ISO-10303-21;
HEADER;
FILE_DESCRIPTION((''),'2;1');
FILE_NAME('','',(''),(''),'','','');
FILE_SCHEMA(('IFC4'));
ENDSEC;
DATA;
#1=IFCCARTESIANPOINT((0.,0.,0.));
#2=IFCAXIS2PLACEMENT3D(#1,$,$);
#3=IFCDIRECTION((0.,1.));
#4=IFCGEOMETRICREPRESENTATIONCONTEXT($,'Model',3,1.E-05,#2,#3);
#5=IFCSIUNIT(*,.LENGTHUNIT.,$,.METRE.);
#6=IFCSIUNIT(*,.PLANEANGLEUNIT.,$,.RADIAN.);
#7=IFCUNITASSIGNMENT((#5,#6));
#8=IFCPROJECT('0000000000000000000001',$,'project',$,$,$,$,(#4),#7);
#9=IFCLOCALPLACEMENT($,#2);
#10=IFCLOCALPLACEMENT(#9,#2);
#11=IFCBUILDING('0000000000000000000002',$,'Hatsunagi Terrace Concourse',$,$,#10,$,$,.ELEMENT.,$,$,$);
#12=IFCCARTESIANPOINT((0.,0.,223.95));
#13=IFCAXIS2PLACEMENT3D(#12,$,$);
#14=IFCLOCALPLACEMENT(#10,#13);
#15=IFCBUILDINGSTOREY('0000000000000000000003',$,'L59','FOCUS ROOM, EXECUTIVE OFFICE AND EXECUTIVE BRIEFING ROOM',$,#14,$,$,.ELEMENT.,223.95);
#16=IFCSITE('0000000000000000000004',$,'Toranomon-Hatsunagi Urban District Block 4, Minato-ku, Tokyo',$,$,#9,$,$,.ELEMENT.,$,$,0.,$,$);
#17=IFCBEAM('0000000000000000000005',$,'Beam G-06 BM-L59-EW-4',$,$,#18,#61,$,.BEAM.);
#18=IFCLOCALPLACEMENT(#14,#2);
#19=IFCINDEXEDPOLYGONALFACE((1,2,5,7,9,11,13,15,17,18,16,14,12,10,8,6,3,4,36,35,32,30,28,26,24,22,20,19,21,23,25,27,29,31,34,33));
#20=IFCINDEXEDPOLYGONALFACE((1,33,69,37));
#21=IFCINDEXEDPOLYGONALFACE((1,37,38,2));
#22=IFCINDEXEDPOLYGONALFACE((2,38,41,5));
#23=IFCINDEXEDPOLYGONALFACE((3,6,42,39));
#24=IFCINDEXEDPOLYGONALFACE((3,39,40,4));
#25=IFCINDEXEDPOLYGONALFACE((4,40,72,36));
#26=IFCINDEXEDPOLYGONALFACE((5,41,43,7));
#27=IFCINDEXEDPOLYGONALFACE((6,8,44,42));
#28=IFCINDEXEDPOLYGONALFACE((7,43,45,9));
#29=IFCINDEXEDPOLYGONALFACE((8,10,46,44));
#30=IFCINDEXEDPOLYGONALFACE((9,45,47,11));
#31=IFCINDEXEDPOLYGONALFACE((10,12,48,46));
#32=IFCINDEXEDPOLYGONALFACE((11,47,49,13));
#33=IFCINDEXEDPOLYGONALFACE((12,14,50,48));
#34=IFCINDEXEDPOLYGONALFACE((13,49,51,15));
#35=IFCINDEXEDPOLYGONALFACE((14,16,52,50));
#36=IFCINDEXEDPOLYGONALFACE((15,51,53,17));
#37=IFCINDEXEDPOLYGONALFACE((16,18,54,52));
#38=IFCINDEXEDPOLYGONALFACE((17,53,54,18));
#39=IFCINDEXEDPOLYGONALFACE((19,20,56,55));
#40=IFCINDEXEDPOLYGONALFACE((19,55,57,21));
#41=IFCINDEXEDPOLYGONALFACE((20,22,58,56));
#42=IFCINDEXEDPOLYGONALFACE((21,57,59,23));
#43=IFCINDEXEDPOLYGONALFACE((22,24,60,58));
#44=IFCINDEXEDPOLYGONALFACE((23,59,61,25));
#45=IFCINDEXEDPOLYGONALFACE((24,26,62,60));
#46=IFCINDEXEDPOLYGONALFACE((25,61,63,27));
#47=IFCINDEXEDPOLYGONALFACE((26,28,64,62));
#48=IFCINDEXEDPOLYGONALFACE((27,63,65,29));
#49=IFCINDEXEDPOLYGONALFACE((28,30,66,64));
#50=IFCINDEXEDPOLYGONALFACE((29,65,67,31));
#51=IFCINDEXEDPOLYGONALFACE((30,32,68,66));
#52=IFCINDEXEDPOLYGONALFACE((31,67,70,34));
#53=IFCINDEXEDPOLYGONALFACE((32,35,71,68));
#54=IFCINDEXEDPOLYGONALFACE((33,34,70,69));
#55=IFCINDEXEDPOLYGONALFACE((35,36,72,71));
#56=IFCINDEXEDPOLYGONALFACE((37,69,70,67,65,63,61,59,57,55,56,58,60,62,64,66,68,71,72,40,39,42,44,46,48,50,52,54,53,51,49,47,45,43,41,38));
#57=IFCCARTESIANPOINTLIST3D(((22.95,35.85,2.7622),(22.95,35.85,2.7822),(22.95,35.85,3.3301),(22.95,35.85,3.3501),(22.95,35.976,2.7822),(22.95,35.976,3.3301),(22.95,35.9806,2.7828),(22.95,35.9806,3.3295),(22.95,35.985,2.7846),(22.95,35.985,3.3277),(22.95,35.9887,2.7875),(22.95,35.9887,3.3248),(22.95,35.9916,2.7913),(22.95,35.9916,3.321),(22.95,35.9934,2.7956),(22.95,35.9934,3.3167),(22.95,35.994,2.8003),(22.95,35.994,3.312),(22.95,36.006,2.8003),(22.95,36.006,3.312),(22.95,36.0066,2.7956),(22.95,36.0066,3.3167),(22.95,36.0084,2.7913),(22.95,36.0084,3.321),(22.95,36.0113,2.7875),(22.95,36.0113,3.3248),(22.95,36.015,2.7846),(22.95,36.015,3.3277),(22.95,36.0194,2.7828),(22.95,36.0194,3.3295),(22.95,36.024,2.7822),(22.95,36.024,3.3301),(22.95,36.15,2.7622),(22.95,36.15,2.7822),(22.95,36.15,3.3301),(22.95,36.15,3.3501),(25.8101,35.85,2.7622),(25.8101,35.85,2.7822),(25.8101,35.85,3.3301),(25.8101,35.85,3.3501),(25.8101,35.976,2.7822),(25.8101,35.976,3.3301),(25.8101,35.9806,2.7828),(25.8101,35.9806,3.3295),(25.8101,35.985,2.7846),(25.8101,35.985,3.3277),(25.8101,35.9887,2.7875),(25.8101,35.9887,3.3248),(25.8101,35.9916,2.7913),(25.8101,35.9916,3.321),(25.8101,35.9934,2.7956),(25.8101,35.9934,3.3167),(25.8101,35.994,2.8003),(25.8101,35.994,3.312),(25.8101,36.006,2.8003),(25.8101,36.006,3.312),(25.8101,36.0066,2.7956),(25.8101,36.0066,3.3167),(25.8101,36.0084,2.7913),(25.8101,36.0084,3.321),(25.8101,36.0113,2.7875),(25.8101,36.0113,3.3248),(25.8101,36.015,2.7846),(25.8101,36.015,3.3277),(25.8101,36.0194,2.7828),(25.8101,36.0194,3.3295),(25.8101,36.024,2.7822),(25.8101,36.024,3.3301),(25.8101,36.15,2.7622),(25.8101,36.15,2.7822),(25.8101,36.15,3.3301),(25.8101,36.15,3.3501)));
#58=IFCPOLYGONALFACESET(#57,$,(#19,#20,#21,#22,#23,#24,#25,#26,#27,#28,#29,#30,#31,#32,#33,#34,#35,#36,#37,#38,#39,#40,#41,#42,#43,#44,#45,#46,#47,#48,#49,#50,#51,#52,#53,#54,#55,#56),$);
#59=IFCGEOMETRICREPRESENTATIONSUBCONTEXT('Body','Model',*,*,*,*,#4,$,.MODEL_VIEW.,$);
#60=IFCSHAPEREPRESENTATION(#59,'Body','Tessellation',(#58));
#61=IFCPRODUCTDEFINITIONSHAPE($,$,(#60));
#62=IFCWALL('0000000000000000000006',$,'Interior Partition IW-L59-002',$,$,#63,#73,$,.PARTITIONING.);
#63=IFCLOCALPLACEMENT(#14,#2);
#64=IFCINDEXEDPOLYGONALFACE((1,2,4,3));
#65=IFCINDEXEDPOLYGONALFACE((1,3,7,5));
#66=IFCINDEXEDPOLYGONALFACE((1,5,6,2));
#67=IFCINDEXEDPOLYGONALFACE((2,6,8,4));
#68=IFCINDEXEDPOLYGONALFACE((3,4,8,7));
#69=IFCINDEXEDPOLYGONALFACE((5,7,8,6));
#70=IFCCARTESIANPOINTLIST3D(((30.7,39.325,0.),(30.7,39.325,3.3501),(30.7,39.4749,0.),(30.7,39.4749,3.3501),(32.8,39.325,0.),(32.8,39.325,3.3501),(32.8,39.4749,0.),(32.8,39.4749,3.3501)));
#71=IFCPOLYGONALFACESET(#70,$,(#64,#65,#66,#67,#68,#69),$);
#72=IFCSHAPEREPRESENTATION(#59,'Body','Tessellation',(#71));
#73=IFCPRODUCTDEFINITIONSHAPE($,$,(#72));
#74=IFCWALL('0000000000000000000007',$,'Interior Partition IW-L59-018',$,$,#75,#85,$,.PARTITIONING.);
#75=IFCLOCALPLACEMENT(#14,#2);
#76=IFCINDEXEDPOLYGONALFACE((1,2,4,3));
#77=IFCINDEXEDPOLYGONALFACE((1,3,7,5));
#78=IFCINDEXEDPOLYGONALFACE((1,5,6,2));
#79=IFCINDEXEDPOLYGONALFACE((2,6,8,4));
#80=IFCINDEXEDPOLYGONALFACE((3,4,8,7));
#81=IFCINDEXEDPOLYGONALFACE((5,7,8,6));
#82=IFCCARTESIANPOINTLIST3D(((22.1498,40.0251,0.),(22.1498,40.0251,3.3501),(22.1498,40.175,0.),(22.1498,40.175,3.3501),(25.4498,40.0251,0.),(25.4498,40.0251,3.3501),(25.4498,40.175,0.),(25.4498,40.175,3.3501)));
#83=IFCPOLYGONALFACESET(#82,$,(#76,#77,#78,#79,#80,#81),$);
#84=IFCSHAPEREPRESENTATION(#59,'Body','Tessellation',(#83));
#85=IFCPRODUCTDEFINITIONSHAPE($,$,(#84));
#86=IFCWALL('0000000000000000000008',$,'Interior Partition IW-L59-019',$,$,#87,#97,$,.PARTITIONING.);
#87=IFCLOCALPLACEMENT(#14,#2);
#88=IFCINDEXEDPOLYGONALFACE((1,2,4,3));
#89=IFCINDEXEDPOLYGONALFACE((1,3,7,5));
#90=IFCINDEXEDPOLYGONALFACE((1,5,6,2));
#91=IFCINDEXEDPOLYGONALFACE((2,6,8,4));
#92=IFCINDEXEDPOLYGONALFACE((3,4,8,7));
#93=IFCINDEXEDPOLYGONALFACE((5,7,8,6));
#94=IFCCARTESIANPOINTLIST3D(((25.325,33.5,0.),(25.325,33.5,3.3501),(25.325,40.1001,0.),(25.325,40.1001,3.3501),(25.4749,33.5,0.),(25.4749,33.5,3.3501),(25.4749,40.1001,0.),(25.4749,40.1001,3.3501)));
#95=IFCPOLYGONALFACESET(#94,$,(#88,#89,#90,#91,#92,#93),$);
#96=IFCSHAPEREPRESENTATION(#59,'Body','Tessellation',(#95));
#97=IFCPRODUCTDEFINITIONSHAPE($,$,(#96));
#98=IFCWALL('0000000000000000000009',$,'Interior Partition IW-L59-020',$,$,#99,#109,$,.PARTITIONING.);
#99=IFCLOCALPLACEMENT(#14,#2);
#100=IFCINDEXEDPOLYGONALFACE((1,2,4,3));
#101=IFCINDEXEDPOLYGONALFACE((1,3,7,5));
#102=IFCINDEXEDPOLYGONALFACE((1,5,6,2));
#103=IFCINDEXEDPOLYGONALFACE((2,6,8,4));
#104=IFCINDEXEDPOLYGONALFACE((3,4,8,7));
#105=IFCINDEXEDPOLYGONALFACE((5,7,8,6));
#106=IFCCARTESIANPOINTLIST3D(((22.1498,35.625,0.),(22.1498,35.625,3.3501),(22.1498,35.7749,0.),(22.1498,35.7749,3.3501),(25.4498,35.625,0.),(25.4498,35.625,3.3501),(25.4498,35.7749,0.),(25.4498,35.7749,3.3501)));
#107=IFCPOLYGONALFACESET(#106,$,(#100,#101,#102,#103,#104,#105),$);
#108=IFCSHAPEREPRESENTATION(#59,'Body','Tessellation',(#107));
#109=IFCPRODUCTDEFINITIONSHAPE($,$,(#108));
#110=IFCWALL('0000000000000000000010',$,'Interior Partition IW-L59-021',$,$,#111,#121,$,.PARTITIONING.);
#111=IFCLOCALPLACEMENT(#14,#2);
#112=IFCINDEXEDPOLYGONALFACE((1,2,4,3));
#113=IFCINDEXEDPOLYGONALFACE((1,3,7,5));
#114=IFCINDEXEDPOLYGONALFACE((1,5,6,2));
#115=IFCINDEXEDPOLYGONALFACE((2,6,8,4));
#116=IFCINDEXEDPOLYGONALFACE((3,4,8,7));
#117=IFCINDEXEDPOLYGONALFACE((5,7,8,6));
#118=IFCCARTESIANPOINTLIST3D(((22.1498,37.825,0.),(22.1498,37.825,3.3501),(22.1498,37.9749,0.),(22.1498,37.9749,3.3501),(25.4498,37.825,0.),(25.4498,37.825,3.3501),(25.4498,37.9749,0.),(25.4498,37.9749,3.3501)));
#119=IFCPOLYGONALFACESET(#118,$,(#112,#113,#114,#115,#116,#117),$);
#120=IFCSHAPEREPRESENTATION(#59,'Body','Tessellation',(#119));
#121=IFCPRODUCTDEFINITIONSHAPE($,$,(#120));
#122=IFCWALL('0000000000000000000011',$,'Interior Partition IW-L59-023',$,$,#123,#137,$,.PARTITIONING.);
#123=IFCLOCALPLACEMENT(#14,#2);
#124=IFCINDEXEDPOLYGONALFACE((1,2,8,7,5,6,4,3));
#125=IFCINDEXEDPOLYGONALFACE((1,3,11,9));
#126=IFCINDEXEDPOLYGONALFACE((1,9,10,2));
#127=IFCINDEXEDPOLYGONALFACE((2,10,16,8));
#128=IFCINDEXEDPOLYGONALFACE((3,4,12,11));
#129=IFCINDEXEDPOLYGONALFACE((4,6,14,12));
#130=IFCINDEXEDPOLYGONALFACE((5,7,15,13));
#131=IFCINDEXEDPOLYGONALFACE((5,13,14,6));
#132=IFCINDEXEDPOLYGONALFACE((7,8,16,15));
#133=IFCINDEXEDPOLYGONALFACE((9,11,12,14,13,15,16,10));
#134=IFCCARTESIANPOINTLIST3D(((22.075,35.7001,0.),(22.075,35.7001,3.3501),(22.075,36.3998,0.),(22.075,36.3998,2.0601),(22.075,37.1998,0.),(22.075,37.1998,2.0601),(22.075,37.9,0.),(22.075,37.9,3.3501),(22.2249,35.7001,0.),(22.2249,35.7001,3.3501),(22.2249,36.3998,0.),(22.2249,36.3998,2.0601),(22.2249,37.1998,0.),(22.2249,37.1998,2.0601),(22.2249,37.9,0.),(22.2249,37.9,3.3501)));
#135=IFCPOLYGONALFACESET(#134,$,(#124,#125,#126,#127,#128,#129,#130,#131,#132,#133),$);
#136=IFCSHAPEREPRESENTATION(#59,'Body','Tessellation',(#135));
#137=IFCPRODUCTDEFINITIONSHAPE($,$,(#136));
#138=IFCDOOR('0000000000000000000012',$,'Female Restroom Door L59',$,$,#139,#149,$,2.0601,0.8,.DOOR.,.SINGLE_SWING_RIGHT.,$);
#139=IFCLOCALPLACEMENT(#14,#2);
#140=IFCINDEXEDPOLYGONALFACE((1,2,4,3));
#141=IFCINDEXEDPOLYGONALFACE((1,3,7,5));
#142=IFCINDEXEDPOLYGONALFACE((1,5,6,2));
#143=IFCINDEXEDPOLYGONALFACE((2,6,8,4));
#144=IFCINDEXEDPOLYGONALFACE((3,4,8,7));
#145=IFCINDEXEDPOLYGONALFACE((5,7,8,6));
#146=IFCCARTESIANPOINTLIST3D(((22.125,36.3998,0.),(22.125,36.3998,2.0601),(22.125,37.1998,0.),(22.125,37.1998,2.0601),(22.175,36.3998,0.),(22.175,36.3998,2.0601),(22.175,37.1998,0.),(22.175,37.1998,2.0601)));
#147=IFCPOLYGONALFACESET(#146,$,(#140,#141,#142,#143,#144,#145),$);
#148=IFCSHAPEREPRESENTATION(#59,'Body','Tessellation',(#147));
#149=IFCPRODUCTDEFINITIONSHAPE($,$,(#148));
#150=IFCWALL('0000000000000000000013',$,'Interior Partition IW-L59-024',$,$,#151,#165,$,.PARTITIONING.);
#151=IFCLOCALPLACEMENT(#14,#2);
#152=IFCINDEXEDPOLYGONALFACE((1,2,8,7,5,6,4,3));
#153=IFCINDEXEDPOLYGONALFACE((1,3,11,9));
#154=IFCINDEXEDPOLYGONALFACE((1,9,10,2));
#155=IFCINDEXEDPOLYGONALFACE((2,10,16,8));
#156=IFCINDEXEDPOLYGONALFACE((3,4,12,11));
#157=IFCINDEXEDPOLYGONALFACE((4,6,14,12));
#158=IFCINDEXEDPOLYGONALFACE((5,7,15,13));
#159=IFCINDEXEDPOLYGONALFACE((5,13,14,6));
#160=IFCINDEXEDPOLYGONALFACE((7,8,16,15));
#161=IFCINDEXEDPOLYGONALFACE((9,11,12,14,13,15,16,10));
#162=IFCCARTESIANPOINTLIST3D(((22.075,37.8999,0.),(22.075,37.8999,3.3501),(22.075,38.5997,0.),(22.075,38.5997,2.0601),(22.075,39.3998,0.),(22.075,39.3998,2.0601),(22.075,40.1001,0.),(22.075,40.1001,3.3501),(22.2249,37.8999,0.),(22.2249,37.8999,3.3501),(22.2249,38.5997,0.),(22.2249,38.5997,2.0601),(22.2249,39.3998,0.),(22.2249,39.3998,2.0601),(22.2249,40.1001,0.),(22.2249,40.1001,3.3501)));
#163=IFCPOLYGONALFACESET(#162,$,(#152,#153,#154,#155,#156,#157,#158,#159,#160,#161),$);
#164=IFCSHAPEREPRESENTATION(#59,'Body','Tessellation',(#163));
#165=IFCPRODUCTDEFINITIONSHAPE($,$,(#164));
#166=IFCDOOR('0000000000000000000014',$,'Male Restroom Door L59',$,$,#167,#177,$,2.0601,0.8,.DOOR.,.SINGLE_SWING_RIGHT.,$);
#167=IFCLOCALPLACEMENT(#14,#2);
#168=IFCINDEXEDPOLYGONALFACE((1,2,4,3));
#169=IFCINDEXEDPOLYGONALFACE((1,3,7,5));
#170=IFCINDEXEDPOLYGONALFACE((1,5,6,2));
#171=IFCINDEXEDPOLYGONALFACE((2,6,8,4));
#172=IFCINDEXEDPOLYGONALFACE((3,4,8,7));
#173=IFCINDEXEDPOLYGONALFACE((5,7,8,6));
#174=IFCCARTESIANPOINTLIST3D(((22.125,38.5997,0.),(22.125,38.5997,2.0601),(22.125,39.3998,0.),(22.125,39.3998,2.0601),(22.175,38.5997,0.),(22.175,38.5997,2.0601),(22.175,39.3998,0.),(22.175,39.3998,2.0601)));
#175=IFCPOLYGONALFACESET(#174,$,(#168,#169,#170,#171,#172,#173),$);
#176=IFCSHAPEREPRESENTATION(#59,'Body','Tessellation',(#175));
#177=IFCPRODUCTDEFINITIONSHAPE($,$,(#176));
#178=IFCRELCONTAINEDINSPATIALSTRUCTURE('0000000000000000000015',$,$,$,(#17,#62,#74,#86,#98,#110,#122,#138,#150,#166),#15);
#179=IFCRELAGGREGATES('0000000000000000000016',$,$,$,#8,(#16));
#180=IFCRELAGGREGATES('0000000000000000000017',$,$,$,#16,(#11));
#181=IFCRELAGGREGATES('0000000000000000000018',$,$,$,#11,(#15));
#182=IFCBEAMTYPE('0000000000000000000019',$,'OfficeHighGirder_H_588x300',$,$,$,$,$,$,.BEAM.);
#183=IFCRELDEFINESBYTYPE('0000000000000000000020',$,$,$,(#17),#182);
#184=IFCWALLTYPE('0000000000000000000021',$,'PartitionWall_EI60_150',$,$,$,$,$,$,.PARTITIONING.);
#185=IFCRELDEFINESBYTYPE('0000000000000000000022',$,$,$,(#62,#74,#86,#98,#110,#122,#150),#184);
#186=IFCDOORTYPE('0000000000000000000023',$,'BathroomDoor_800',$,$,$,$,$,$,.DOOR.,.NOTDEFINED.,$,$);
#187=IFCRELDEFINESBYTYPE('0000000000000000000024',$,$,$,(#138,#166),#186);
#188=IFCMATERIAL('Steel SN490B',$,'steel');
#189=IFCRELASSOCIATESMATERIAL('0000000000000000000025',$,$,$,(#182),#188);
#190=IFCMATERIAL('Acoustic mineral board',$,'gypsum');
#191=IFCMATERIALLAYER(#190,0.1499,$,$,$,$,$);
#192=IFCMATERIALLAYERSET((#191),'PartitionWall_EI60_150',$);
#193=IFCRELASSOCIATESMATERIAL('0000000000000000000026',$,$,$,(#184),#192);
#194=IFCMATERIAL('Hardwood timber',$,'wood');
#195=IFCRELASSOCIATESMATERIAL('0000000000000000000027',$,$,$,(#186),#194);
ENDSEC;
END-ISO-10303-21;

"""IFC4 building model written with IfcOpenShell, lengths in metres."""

from ifc_helpers import new_model, si_unit, direction, frame, frame_2d, origin, origin_2d, place, context, subcontext, project, spatial, rectangle, i_section, extrude, material, layer, layer_set, material_profile, profile_set, type_object, element, fill, save


model = new_model("IFC4")

# Units and contexts
model_context = context("Model", 3, precision=1e-05, world=origin(), true_north=direction((0.0, 1.0)))
body_context = subcontext(model_context, "Body", "Model", "MODEL_VIEW")
ifc_project = project(units=[si_unit("LENGTHUNIT", "METRE"), si_unit("PLANEANGLEUNIT", "RADIAN")], contexts=[model_context])

# Site, building, storey
site_placement = place(None, origin())
site = spatial("IfcSite", under=ifc_project, at=site_placement, Name="Toranomon-Hatsunagi Urban District Block 4, Minato-ku, Tokyo", CompositionType="ELEMENT", RefElevation=0.0)
building_placement = place(site_placement, origin())
building = spatial("IfcBuilding", under=site, at=building_placement, Name="Hatsunagi Terrace Concourse", CompositionType="ELEMENT")
storey_placement = place(building_placement, frame((0.0, 0.0, 223.95)))
storey = spatial("IfcBuildingStorey", under=building, at=storey_placement, Name="L59", Description="FOCUS ROOM, EXECUTIVE OFFICE AND EXECUTIVE BRIEFING ROOM", CompositionType="ELEMENT", Elevation=223.95)

# Beam
ifc_material_1 = material(Name="Steel SN490B", Category="steel")
ifc_material_profile = material_profile(ifc_material_1, i_section(OverallWidth=0.3, OverallDepth=0.5879, WebThickness=0.012, FlangeThickness=0.02, FilletRadius=0.0181, at=origin_2d()), Name="H-588x300x12x20")
ifc_profile_set = profile_set([ifc_material_profile], Name="Steel SN490B")
beam_type = type_object("IfcBeamType", Name="OfficeHighGirder_H_588x300", PredefinedType="BEAM", material=ifc_profile_set)
beam_placement = place(storey_placement, frame((22.95, 36.0, 3.0562), z_axis=(1.0, 0.0, 0.0), x_axis=(0.0, 1.0, 0.0)))
element("IfcBeam", 1, at=beam_placement, inside=storey, type_object=beam_type, Name="Beam G-06 BM-L59-EW-4", PredefinedType="BEAM", context=body_context, shape_type="SweptSolid", body=[
    extrude(i_section(OverallWidth=0.3, OverallDepth=0.5879, WebThickness=0.012, FlangeThickness=0.02, FilletRadius=0.0181, at=origin_2d()), origin(), (0.0, 0.0, 1.0), 2.8601),
])

# Walls
ifc_material_2 = material(Name="Acoustic mineral board", Category="gypsum")
ifc_layer_1 = layer(ifc_material_2, 0.1499)
ifc_layer_set_1 = layer_set([ifc_layer_1], Name="PartitionWall_EI60_150")
wall_type_1 = type_object("IfcWallType", Name="PartitionWall_EI60_150", PredefinedType="PARTITIONING", material=ifc_layer_set_1)
wall_1_placement = place(storey_placement, frame((30.7, 39.3999, 0.0), z_axis=(0.0, 0.0, 1.0), x_axis=(1.0, 0.0, 0.0)))
element("IfcWall", 2, at=wall_1_placement, inside=storey, type_object=wall_type_1, Name="Interior Partition IW-L59-002", PredefinedType="PARTITIONING", context=body_context, shape_type="SweptSolid", body=[
    extrude(rectangle(XDim=2.1001, YDim=0.1499, at=frame_2d((1.05, 0.0))), origin(), (0.0, 0.0, 1.0), 3.3501),
])
wall_2_placement = place(storey_placement, frame((22.1499, 40.1001, 0.0), z_axis=(0.0, 0.0, 1.0), x_axis=(1.0, 0.0, 0.0)))
element("IfcWall", 3, at=wall_2_placement, inside=storey, type_object=wall_type_1, Name="Interior Partition IW-L59-018", PredefinedType="PARTITIONING", context=body_context, shape_type="SweptSolid", body=[
    extrude(rectangle(XDim=3.3, YDim=0.1499, at=frame_2d((1.6499, 0.0))), origin(), (0.0, 0.0, 1.0), 3.3501),
])
wall_3_placement = place(storey_placement, frame((25.3999, 33.5, 0.0), z_axis=(0.0, 0.0, 1.0), x_axis=(0.0, 1.0, 0.0)))
element("IfcWall", 4, at=wall_3_placement, inside=storey, type_object=wall_type_1, Name="Interior Partition IW-L59-019", PredefinedType="PARTITIONING", context=body_context, shape_type="SweptSolid", body=[
    extrude(rectangle(XDim=6.6001, YDim=0.1499, at=frame_2d((3.3, 0.0))), origin(), (0.0, 0.0, 1.0), 3.3501),
])
for number, where, z_axis, x_axis, name in (
    (5, (22.1499, 35.7, 0.0), (0.0, 0.0, 1.0), (1.0, 0.0, 0.0), "Interior Partition IW-L59-020"),
    (6, (22.1499, 37.8999, 0.0), (0.0, 0.0, 1.0), (1.0, 0.0, 0.0), "Interior Partition IW-L59-021"),
):
    element("IfcWall", number, at=place(storey_placement, frame(where, z_axis=z_axis, x_axis=x_axis)), inside=storey, type_object=wall_type_1, Name=name, PredefinedType="PARTITIONING", context=body_context, shape_type="SweptSolid", body=[
        extrude(rectangle(XDim=3.3, YDim=0.1499, at=frame_2d((1.6499, 0.0))), origin(), (0.0, 0.0, 1.0), 3.3501),
    ])

# Walls, openings, doors
wall_4_placement = place(storey_placement, frame((22.1499, 35.7, 0.0), z_axis=(0.0, 0.0, 1.0), x_axis=(0.0, 1.0, 0.0)))
wall_4 = element("IfcWall", 7, at=wall_4_placement, inside=storey, type_object=wall_type_1, Name="Interior Partition IW-L59-023", PredefinedType="PARTITIONING", context=body_context, shape_type="SweptSolid", body=[
    extrude(rectangle(XDim=2.2, YDim=0.1499, at=frame_2d((1.1001, 0.0))), origin(), (0.0, 0.0, 1.0), 3.3501),
])
opening_1_placement = place(wall_4_placement, frame((0.7, 0.0, 0.0)))
opening_1 = element("IfcOpeningElement", 8, at=opening_1_placement, cuts=wall_4, PredefinedType="OPENING", context=body_context, shape_type="SweptSolid", body=[
    extrude(rectangle(XDim=0.8, YDim=2.0601, at=frame_2d((0.3999, 1.03))), frame((0.0, 0.085, 0.0), z_axis=(0.0, -1.0, 0.0), x_axis=(1.0, 0.0, 0.0)), (0.0, 0.0, 1.0), 0.1699),
])
ifc_material_3 = material(Name="Hardwood timber", Category="wood")
door_type = type_object("IfcDoorType", Name="BathroomDoor_800", OperationType="NOTDEFINED", PredefinedType="DOOR", material=ifc_material_3)
door_1_placement = place(opening_1_placement, origin())
door_1 = element("IfcDoor", 9, at=door_1_placement, inside=storey, type_object=door_type, Name="Female Restroom Door L59", OperationType="SINGLE_SWING_RIGHT", OverallHeight=2.0601, OverallWidth=0.8, PredefinedType="DOOR", context=body_context, shape_type="SweptSolid", body=[
    extrude(rectangle(XDim=0.8, YDim=2.0601, at=frame_2d((0.3999, 1.03))), frame((0.0, 0.0249, 0.0), z_axis=(0.0, -1.0, 0.0), x_axis=(1.0, 0.0, 0.0)), (0.0, 0.0, 1.0), 0.05),
])
fill(opening_1, door_1)
wall_5_placement = place(storey_placement, frame((22.1499, 37.8999, 0.0), z_axis=(0.0, 0.0, 1.0), x_axis=(0.0, 1.0, 0.0)))
wall_5 = element("IfcWall", 10, at=wall_5_placement, inside=storey, type_object=wall_type_1, Name="Interior Partition IW-L59-024", PredefinedType="PARTITIONING", context=body_context, shape_type="SweptSolid", body=[
    extrude(rectangle(XDim=2.2002, YDim=0.1499, at=frame_2d((1.1001, 0.0))), origin(), (0.0, 0.0, 1.0), 3.3501),
])
opening_2_placement = place(wall_5_placement, frame((0.7, 0.0, 0.0)))
opening_2 = element("IfcOpeningElement", 11, at=opening_2_placement, cuts=wall_5, PredefinedType="OPENING", context=body_context, shape_type="SweptSolid", body=[
    extrude(rectangle(XDim=0.8, YDim=2.0601, at=frame_2d((0.3999, 1.03))), frame((0.0, 0.085, 0.0), z_axis=(0.0, -1.0, 0.0), x_axis=(1.0, 0.0, 0.0)), (0.0, 0.0, 1.0), 0.1699),
])
door_2_placement = place(opening_2_placement, origin())
door_2 = element("IfcDoor", 12, at=door_2_placement, inside=storey, type_object=door_type, Name="Male Restroom Door L59", OperationType="SINGLE_SWING_RIGHT", OverallHeight=2.0601, OverallWidth=0.8, PredefinedType="DOOR", context=body_context, shape_type="SweptSolid", body=[
    extrude(rectangle(XDim=0.8, YDim=2.0601, at=frame_2d((0.3999, 1.03))), frame((0.0, 0.0249, 0.0), z_axis=(0.0, -1.0, 0.0), x_axis=(1.0, 0.0, 0.0)), (0.0, 0.0, 1.0), 0.05),
])
fill(opening_2, door_2)

save(model, "model.ifc")
